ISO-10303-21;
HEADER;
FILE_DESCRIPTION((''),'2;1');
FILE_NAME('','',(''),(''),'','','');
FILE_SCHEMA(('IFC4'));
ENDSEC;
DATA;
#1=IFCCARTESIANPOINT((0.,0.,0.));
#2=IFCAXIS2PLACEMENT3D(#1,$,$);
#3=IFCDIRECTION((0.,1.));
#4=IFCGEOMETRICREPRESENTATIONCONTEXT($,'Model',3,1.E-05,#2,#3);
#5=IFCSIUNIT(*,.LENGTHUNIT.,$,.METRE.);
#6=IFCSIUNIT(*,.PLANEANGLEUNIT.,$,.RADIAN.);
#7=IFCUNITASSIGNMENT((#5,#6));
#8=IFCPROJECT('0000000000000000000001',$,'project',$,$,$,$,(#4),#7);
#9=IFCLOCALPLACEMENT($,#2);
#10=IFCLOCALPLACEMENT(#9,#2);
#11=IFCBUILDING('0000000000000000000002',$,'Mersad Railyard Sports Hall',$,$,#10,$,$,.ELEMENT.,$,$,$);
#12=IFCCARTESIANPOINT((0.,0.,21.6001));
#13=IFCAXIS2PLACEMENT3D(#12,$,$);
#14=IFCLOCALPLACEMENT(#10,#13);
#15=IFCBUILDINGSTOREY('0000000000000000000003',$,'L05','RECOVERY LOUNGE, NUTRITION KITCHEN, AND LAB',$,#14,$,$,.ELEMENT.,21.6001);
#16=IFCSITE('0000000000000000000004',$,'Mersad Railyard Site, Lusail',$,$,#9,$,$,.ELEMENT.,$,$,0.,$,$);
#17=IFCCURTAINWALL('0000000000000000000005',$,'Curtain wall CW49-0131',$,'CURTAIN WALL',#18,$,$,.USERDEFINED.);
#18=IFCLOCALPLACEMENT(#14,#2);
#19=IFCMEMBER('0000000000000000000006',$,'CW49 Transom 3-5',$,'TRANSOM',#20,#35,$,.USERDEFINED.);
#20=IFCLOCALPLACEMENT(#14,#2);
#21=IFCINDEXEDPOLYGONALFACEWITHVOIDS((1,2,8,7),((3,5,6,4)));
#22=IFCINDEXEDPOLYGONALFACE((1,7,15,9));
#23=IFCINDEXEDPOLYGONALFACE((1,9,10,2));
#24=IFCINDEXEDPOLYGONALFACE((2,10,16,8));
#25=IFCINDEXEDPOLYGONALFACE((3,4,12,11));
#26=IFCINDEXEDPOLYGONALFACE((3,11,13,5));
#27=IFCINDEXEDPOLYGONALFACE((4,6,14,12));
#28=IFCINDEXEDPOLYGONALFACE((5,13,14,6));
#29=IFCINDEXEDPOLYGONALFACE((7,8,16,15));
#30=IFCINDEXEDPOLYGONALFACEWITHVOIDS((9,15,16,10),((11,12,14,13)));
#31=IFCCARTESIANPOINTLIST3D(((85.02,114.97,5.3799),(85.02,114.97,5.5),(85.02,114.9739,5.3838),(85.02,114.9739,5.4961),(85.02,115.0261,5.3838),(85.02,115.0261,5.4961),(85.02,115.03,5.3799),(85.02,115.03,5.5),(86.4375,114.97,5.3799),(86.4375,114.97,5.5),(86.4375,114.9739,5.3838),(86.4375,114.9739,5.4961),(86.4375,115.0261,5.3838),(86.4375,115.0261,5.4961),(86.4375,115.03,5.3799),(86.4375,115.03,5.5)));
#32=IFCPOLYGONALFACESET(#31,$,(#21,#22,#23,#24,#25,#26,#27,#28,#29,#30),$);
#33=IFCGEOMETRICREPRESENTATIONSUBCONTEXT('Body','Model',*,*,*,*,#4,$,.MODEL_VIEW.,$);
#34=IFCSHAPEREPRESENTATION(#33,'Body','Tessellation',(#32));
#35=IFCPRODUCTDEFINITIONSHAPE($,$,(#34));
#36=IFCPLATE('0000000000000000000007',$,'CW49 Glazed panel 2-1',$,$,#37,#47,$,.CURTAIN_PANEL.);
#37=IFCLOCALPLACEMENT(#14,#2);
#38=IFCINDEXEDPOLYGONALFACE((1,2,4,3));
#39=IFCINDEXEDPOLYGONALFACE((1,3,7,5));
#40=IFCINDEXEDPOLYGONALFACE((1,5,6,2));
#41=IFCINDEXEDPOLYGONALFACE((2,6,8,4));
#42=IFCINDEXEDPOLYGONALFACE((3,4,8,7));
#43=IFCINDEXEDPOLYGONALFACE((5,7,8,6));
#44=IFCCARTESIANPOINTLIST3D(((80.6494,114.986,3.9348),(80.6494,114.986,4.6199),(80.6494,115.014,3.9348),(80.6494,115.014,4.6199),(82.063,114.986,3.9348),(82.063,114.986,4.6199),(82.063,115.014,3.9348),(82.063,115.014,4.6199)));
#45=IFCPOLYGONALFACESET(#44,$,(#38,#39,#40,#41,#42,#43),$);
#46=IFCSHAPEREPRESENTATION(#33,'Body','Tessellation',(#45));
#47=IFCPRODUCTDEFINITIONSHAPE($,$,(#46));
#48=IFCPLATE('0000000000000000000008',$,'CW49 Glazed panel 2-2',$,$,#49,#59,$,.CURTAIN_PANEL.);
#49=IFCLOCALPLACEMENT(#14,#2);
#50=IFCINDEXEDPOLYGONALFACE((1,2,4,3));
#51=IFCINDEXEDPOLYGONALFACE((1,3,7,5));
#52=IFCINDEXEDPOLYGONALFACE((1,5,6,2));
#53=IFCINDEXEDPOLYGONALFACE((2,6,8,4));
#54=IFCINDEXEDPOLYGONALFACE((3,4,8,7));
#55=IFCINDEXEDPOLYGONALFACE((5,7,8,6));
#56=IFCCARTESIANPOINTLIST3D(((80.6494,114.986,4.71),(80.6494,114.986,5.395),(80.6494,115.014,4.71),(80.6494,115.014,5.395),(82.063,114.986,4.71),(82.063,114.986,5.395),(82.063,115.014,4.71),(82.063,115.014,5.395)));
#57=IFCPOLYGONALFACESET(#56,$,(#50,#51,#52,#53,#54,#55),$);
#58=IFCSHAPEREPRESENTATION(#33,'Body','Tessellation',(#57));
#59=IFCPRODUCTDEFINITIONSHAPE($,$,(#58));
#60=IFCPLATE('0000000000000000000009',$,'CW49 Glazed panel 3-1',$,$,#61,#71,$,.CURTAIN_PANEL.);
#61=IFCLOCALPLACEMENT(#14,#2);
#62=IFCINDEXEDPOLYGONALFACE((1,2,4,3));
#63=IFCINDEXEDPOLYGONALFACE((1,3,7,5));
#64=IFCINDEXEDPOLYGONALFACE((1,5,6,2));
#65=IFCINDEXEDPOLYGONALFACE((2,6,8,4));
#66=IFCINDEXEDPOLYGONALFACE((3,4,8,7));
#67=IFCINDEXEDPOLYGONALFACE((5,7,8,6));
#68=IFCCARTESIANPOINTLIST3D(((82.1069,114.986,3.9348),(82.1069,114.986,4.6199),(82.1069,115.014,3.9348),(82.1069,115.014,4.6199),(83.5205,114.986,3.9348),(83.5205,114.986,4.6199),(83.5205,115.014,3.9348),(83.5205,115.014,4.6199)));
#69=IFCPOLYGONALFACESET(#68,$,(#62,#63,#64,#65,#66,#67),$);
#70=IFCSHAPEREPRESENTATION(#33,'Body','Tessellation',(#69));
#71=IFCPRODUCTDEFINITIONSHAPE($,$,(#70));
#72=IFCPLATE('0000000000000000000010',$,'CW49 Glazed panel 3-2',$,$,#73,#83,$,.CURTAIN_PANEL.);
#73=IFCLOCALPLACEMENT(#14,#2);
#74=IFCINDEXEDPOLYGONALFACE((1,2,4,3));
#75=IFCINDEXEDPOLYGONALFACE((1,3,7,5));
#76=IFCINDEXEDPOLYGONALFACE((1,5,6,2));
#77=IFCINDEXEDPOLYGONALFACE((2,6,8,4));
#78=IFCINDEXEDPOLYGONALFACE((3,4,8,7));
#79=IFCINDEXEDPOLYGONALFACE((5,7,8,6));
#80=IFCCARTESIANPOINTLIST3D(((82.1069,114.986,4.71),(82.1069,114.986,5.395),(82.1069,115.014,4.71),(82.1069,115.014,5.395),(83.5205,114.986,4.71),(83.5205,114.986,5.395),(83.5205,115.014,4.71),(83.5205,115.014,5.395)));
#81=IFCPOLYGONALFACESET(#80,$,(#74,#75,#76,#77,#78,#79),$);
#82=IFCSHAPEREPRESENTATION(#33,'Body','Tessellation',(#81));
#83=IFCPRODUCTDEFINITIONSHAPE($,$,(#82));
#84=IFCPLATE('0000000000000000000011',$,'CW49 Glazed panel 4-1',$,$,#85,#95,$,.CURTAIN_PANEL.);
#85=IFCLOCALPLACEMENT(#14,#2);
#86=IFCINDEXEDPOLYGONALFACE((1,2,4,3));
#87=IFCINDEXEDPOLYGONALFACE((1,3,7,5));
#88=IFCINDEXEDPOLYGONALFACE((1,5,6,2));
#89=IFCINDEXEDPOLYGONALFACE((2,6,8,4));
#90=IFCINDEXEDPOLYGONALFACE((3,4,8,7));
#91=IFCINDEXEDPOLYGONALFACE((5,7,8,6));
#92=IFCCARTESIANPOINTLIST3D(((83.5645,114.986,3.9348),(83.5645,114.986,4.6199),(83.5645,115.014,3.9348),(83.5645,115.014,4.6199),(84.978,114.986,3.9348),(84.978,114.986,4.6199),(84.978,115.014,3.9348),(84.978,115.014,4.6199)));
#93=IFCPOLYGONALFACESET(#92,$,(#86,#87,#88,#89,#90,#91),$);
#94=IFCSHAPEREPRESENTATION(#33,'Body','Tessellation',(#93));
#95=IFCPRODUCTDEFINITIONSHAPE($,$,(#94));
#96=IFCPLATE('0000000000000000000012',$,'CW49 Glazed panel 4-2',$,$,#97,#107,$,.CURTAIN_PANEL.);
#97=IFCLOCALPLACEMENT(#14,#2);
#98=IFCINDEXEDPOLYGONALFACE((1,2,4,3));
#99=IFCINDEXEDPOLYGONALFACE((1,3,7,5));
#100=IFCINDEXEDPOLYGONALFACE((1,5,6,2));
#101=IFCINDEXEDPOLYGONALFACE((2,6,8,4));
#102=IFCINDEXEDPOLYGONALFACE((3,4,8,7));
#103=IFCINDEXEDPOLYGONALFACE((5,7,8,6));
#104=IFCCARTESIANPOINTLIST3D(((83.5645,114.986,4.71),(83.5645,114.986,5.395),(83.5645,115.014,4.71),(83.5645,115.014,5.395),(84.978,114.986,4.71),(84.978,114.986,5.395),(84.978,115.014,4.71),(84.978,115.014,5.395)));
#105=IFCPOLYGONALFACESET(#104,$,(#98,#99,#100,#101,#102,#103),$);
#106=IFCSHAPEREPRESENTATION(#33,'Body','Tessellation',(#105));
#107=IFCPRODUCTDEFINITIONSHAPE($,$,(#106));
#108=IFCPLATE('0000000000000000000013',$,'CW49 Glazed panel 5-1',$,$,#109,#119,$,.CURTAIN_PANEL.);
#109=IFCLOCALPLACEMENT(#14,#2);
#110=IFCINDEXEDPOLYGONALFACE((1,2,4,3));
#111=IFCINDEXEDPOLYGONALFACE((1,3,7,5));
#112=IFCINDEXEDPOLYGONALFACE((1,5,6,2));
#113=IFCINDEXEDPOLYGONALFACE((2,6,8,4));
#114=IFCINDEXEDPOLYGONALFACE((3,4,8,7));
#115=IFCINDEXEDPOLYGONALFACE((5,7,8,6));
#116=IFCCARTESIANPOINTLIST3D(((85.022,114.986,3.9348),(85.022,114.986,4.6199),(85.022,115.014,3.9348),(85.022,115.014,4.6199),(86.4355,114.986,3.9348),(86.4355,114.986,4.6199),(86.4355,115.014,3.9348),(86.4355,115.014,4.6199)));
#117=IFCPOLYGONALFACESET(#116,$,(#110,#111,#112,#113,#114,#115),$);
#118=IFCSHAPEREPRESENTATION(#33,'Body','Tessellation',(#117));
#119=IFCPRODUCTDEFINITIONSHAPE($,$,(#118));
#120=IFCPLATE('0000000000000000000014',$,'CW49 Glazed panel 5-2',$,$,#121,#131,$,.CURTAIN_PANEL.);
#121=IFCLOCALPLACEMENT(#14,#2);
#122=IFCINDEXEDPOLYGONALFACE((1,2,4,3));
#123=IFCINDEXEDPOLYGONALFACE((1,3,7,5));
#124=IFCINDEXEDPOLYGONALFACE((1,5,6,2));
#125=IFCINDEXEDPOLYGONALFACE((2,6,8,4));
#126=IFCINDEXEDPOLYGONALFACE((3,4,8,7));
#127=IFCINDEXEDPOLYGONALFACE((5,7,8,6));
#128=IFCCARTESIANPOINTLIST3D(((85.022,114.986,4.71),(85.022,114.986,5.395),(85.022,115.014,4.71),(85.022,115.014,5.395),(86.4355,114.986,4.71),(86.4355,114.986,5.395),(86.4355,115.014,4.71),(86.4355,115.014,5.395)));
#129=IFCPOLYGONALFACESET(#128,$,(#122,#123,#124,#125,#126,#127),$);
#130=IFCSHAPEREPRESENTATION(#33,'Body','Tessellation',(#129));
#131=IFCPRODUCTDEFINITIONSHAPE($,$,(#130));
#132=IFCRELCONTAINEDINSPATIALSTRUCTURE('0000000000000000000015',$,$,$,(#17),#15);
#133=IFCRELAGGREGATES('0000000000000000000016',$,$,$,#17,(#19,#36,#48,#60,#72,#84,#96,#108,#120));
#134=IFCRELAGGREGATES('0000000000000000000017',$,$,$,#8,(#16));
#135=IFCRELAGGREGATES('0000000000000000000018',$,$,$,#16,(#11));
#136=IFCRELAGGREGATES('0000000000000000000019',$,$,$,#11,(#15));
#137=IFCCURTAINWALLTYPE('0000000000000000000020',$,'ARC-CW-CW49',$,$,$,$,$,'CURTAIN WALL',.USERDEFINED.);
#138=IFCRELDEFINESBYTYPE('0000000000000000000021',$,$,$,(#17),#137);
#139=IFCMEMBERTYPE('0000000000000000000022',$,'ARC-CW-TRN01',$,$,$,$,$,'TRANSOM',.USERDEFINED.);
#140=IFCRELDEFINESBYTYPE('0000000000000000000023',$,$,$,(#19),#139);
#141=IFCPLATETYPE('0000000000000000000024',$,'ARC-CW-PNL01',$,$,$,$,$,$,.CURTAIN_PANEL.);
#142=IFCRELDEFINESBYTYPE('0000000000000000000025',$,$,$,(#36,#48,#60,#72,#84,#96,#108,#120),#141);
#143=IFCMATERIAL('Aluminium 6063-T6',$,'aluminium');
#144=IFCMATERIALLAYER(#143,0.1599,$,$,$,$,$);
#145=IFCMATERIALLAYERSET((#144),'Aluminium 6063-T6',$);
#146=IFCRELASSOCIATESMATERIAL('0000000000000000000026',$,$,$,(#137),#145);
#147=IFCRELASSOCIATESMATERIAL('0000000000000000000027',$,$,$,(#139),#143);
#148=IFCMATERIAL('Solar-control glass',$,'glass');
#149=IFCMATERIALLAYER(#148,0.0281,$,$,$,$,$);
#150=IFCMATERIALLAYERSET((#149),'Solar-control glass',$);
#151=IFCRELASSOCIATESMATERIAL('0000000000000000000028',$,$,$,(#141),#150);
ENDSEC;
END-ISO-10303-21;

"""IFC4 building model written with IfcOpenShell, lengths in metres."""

from ifc_helpers import new_model, si_unit, direction, frame, origin, origin_2d, place, context, subcontext, project, spatial, rectangle, hollow_rectangle, extrude, material, layer, layer_set, material_profile, profile_set, type_object, element, aggregate, save


model = new_model("IFC4")

# Units and contexts
model_context = context("Model", 3, precision=1e-05, world=origin(), true_north=direction((0.0, 1.0)))
body_context = subcontext(model_context, "Body", "Model", "MODEL_VIEW")
ifc_project = project(units=[si_unit("LENGTHUNIT", "METRE"), si_unit("PLANEANGLEUNIT", "RADIAN")], contexts=[model_context])

# Site, building, storey
site_placement = place(None, origin())
site = spatial("IfcSite", under=ifc_project, at=site_placement, Name="Mersad Railyard Site, Lusail", CompositionType="ELEMENT", RefElevation=0.0)
building_placement = place(site_placement, origin())
building = spatial("IfcBuilding", under=site, at=building_placement, Name="Mersad Railyard Sports Hall", CompositionType="ELEMENT")
storey_placement = place(building_placement, frame((0.0, 0.0, 21.6001)))
storey = spatial("IfcBuildingStorey", under=building, at=storey_placement, Name="L05", Description="RECOVERY LOUNGE, NUTRITION KITCHEN, AND LAB", CompositionType="ELEMENT", Elevation=21.6001)

# Curtain wall, member, plates
ifc_material_1 = material(Name="Aluminium 6063-T6", Category="aluminium")
ifc_layer_1 = layer(ifc_material_1, 0.1599)
ifc_layer_set_1 = layer_set([ifc_layer_1], Name="Aluminium 6063-T6")
curtain_wall_type = type_object("IfcCurtainWallType", Name="ARC-CW-CW49", ElementType="CURTAIN WALL", PredefinedType="USERDEFINED", material=ifc_layer_set_1)
curtain_wall_placement = place(storey_placement, origin())
curtain_wall = element("IfcCurtainWall", 1, at=curtain_wall_placement, inside=storey, type_object=curtain_wall_type, Name="Curtain wall CW49-0131", ObjectType="CURTAIN WALL", PredefinedType="USERDEFINED")
ifc_material_profile_1 = material_profile(ifc_material_1, hollow_rectangle(XDim=0.0601, YDim=0.1201, WallThickness=0.0039, at=origin_2d()), Name="AL TRANSOM 60x120x4")
ifc_profile_set_1 = profile_set([ifc_material_profile_1], Name="Aluminium 6063-T6")
member_type_1 = type_object("IfcMemberType", Name="ARC-CW-TRN01", ElementType="TRANSOM", PredefinedType="USERDEFINED", material=ifc_profile_set_1)
member_1_placement = place(storey_placement, frame((85.02, 115.0, 5.4399), z_axis=(1.0, 0.0, 0.0), x_axis=(0.0, 1.0, 0.0)))
member_1 = element("IfcMember", 2, at=member_1_placement, type_object=member_type_1, Name="CW49 Transom 3-5", ObjectType="TRANSOM", PredefinedType="USERDEFINED", context=body_context, shape_type="SweptSolid", body=[
    extrude(hollow_rectangle(XDim=0.0601, YDim=0.1201, WallThickness=0.0039, at=origin_2d()), origin(), (0.0, 0.0, 1.0), 1.4175),
])
ifc_material_2 = material(Name="Solar-control glass", Category="glass")
ifc_layer_2 = layer(ifc_material_2, 0.0281)
ifc_layer_set_2 = layer_set([ifc_layer_2], Name="Solar-control glass")
plate_type = type_object("IfcPlateType", Name="ARC-CW-PNL01", PredefinedType="CURTAIN_PANEL", material=ifc_layer_set_2)
plate_1_placement = place(storey_placement, frame((81.3562, 115.0, 3.9348), z_axis=(0.0, 0.0, 1.0), x_axis=(1.0, 0.0, 0.0)))
plate_1 = element("IfcPlate", 3, at=plate_1_placement, type_object=plate_type, Name="CW49 Glazed panel 2-1", PredefinedType="CURTAIN_PANEL", context=body_context, shape_type="SweptSolid", body=[
    extrude(rectangle(XDim=1.4136, YDim=0.0281, at=origin_2d()), origin(), (0.0, 0.0, 1.0), 0.6851),
])
plate_2_placement = place(storey_placement, frame((81.3562, 115.0, 4.71), z_axis=(0.0, 0.0, 1.0), x_axis=(1.0, 0.0, 0.0)))
plate_2 = element("IfcPlate", 4, at=plate_2_placement, type_object=plate_type, Name="CW49 Glazed panel 2-2", PredefinedType="CURTAIN_PANEL", context=body_context, shape_type="SweptSolid", body=[
    extrude(rectangle(XDim=1.4136, YDim=0.0281, at=origin_2d()), origin(), (0.0, 0.0, 1.0), 0.6851),
])
plate_3_placement = place(storey_placement, frame((82.8137, 115.0, 3.9348), z_axis=(0.0, 0.0, 1.0), x_axis=(1.0, 0.0, 0.0)))
plate_3 = element("IfcPlate", 5, at=plate_3_placement, type_object=plate_type, Name="CW49 Glazed panel 3-1", PredefinedType="CURTAIN_PANEL", context=body_context, shape_type="SweptSolid", body=[
    extrude(rectangle(XDim=1.4136, YDim=0.0281, at=origin_2d()), origin(), (0.0, 0.0, 1.0), 0.6851),
])
plate_4_placement = place(storey_placement, frame((82.8137, 115.0, 4.71), z_axis=(0.0, 0.0, 1.0), x_axis=(1.0, 0.0, 0.0)))
plate_4 = element("IfcPlate", 6, at=plate_4_placement, type_object=plate_type, Name="CW49 Glazed panel 3-2", PredefinedType="CURTAIN_PANEL", context=body_context, shape_type="SweptSolid", body=[
    extrude(rectangle(XDim=1.4136, YDim=0.0281, at=origin_2d()), origin(), (0.0, 0.0, 1.0), 0.6851),
])
plate_5_placement = place(storey_placement, frame((84.2712, 115.0, 3.9348), z_axis=(0.0, 0.0, 1.0), x_axis=(1.0, 0.0, 0.0)))
plate_5 = element("IfcPlate", 7, at=plate_5_placement, type_object=plate_type, Name="CW49 Glazed panel 4-1", PredefinedType="CURTAIN_PANEL", context=body_context, shape_type="SweptSolid", body=[
    extrude(rectangle(XDim=1.4136, YDim=0.0281, at=origin_2d()), origin(), (0.0, 0.0, 1.0), 0.6851),
])
plate_6_placement = place(storey_placement, frame((84.2712, 115.0, 4.71), z_axis=(0.0, 0.0, 1.0), x_axis=(1.0, 0.0, 0.0)))
plate_6 = element("IfcPlate", 8, at=plate_6_placement, type_object=plate_type, Name="CW49 Glazed panel 4-2", PredefinedType="CURTAIN_PANEL", context=body_context, shape_type="SweptSolid", body=[
    extrude(rectangle(XDim=1.4136, YDim=0.0281, at=origin_2d()), origin(), (0.0, 0.0, 1.0), 0.6851),
])
plate_7_placement = place(storey_placement, frame((85.7288, 115.0, 3.9348), z_axis=(0.0, 0.0, 1.0), x_axis=(1.0, 0.0, 0.0)))
plate_7 = element("IfcPlate", 9, at=plate_7_placement, type_object=plate_type, Name="CW49 Glazed panel 5-1", PredefinedType="CURTAIN_PANEL", context=body_context, shape_type="SweptSolid", body=[
    extrude(rectangle(XDim=1.4136, YDim=0.0281, at=origin_2d()), origin(), (0.0, 0.0, 1.0), 0.6851),
])
plate_8_placement = place(storey_placement, frame((85.7288, 115.0, 4.71), z_axis=(0.0, 0.0, 1.0), x_axis=(1.0, 0.0, 0.0)))
plate_8 = element("IfcPlate", 10, at=plate_8_placement, type_object=plate_type, Name="CW49 Glazed panel 5-2", PredefinedType="CURTAIN_PANEL", context=body_context, shape_type="SweptSolid", body=[
    extrude(rectangle(XDim=1.4136, YDim=0.0281, at=origin_2d()), origin(), (0.0, 0.0, 1.0), 0.6851),
])
aggregate(curtain_wall, [member_1, plate_1, plate_2, plate_3, plate_4, plate_5, plate_6, plate_7, plate_8])

save(model, "model.ifc")
